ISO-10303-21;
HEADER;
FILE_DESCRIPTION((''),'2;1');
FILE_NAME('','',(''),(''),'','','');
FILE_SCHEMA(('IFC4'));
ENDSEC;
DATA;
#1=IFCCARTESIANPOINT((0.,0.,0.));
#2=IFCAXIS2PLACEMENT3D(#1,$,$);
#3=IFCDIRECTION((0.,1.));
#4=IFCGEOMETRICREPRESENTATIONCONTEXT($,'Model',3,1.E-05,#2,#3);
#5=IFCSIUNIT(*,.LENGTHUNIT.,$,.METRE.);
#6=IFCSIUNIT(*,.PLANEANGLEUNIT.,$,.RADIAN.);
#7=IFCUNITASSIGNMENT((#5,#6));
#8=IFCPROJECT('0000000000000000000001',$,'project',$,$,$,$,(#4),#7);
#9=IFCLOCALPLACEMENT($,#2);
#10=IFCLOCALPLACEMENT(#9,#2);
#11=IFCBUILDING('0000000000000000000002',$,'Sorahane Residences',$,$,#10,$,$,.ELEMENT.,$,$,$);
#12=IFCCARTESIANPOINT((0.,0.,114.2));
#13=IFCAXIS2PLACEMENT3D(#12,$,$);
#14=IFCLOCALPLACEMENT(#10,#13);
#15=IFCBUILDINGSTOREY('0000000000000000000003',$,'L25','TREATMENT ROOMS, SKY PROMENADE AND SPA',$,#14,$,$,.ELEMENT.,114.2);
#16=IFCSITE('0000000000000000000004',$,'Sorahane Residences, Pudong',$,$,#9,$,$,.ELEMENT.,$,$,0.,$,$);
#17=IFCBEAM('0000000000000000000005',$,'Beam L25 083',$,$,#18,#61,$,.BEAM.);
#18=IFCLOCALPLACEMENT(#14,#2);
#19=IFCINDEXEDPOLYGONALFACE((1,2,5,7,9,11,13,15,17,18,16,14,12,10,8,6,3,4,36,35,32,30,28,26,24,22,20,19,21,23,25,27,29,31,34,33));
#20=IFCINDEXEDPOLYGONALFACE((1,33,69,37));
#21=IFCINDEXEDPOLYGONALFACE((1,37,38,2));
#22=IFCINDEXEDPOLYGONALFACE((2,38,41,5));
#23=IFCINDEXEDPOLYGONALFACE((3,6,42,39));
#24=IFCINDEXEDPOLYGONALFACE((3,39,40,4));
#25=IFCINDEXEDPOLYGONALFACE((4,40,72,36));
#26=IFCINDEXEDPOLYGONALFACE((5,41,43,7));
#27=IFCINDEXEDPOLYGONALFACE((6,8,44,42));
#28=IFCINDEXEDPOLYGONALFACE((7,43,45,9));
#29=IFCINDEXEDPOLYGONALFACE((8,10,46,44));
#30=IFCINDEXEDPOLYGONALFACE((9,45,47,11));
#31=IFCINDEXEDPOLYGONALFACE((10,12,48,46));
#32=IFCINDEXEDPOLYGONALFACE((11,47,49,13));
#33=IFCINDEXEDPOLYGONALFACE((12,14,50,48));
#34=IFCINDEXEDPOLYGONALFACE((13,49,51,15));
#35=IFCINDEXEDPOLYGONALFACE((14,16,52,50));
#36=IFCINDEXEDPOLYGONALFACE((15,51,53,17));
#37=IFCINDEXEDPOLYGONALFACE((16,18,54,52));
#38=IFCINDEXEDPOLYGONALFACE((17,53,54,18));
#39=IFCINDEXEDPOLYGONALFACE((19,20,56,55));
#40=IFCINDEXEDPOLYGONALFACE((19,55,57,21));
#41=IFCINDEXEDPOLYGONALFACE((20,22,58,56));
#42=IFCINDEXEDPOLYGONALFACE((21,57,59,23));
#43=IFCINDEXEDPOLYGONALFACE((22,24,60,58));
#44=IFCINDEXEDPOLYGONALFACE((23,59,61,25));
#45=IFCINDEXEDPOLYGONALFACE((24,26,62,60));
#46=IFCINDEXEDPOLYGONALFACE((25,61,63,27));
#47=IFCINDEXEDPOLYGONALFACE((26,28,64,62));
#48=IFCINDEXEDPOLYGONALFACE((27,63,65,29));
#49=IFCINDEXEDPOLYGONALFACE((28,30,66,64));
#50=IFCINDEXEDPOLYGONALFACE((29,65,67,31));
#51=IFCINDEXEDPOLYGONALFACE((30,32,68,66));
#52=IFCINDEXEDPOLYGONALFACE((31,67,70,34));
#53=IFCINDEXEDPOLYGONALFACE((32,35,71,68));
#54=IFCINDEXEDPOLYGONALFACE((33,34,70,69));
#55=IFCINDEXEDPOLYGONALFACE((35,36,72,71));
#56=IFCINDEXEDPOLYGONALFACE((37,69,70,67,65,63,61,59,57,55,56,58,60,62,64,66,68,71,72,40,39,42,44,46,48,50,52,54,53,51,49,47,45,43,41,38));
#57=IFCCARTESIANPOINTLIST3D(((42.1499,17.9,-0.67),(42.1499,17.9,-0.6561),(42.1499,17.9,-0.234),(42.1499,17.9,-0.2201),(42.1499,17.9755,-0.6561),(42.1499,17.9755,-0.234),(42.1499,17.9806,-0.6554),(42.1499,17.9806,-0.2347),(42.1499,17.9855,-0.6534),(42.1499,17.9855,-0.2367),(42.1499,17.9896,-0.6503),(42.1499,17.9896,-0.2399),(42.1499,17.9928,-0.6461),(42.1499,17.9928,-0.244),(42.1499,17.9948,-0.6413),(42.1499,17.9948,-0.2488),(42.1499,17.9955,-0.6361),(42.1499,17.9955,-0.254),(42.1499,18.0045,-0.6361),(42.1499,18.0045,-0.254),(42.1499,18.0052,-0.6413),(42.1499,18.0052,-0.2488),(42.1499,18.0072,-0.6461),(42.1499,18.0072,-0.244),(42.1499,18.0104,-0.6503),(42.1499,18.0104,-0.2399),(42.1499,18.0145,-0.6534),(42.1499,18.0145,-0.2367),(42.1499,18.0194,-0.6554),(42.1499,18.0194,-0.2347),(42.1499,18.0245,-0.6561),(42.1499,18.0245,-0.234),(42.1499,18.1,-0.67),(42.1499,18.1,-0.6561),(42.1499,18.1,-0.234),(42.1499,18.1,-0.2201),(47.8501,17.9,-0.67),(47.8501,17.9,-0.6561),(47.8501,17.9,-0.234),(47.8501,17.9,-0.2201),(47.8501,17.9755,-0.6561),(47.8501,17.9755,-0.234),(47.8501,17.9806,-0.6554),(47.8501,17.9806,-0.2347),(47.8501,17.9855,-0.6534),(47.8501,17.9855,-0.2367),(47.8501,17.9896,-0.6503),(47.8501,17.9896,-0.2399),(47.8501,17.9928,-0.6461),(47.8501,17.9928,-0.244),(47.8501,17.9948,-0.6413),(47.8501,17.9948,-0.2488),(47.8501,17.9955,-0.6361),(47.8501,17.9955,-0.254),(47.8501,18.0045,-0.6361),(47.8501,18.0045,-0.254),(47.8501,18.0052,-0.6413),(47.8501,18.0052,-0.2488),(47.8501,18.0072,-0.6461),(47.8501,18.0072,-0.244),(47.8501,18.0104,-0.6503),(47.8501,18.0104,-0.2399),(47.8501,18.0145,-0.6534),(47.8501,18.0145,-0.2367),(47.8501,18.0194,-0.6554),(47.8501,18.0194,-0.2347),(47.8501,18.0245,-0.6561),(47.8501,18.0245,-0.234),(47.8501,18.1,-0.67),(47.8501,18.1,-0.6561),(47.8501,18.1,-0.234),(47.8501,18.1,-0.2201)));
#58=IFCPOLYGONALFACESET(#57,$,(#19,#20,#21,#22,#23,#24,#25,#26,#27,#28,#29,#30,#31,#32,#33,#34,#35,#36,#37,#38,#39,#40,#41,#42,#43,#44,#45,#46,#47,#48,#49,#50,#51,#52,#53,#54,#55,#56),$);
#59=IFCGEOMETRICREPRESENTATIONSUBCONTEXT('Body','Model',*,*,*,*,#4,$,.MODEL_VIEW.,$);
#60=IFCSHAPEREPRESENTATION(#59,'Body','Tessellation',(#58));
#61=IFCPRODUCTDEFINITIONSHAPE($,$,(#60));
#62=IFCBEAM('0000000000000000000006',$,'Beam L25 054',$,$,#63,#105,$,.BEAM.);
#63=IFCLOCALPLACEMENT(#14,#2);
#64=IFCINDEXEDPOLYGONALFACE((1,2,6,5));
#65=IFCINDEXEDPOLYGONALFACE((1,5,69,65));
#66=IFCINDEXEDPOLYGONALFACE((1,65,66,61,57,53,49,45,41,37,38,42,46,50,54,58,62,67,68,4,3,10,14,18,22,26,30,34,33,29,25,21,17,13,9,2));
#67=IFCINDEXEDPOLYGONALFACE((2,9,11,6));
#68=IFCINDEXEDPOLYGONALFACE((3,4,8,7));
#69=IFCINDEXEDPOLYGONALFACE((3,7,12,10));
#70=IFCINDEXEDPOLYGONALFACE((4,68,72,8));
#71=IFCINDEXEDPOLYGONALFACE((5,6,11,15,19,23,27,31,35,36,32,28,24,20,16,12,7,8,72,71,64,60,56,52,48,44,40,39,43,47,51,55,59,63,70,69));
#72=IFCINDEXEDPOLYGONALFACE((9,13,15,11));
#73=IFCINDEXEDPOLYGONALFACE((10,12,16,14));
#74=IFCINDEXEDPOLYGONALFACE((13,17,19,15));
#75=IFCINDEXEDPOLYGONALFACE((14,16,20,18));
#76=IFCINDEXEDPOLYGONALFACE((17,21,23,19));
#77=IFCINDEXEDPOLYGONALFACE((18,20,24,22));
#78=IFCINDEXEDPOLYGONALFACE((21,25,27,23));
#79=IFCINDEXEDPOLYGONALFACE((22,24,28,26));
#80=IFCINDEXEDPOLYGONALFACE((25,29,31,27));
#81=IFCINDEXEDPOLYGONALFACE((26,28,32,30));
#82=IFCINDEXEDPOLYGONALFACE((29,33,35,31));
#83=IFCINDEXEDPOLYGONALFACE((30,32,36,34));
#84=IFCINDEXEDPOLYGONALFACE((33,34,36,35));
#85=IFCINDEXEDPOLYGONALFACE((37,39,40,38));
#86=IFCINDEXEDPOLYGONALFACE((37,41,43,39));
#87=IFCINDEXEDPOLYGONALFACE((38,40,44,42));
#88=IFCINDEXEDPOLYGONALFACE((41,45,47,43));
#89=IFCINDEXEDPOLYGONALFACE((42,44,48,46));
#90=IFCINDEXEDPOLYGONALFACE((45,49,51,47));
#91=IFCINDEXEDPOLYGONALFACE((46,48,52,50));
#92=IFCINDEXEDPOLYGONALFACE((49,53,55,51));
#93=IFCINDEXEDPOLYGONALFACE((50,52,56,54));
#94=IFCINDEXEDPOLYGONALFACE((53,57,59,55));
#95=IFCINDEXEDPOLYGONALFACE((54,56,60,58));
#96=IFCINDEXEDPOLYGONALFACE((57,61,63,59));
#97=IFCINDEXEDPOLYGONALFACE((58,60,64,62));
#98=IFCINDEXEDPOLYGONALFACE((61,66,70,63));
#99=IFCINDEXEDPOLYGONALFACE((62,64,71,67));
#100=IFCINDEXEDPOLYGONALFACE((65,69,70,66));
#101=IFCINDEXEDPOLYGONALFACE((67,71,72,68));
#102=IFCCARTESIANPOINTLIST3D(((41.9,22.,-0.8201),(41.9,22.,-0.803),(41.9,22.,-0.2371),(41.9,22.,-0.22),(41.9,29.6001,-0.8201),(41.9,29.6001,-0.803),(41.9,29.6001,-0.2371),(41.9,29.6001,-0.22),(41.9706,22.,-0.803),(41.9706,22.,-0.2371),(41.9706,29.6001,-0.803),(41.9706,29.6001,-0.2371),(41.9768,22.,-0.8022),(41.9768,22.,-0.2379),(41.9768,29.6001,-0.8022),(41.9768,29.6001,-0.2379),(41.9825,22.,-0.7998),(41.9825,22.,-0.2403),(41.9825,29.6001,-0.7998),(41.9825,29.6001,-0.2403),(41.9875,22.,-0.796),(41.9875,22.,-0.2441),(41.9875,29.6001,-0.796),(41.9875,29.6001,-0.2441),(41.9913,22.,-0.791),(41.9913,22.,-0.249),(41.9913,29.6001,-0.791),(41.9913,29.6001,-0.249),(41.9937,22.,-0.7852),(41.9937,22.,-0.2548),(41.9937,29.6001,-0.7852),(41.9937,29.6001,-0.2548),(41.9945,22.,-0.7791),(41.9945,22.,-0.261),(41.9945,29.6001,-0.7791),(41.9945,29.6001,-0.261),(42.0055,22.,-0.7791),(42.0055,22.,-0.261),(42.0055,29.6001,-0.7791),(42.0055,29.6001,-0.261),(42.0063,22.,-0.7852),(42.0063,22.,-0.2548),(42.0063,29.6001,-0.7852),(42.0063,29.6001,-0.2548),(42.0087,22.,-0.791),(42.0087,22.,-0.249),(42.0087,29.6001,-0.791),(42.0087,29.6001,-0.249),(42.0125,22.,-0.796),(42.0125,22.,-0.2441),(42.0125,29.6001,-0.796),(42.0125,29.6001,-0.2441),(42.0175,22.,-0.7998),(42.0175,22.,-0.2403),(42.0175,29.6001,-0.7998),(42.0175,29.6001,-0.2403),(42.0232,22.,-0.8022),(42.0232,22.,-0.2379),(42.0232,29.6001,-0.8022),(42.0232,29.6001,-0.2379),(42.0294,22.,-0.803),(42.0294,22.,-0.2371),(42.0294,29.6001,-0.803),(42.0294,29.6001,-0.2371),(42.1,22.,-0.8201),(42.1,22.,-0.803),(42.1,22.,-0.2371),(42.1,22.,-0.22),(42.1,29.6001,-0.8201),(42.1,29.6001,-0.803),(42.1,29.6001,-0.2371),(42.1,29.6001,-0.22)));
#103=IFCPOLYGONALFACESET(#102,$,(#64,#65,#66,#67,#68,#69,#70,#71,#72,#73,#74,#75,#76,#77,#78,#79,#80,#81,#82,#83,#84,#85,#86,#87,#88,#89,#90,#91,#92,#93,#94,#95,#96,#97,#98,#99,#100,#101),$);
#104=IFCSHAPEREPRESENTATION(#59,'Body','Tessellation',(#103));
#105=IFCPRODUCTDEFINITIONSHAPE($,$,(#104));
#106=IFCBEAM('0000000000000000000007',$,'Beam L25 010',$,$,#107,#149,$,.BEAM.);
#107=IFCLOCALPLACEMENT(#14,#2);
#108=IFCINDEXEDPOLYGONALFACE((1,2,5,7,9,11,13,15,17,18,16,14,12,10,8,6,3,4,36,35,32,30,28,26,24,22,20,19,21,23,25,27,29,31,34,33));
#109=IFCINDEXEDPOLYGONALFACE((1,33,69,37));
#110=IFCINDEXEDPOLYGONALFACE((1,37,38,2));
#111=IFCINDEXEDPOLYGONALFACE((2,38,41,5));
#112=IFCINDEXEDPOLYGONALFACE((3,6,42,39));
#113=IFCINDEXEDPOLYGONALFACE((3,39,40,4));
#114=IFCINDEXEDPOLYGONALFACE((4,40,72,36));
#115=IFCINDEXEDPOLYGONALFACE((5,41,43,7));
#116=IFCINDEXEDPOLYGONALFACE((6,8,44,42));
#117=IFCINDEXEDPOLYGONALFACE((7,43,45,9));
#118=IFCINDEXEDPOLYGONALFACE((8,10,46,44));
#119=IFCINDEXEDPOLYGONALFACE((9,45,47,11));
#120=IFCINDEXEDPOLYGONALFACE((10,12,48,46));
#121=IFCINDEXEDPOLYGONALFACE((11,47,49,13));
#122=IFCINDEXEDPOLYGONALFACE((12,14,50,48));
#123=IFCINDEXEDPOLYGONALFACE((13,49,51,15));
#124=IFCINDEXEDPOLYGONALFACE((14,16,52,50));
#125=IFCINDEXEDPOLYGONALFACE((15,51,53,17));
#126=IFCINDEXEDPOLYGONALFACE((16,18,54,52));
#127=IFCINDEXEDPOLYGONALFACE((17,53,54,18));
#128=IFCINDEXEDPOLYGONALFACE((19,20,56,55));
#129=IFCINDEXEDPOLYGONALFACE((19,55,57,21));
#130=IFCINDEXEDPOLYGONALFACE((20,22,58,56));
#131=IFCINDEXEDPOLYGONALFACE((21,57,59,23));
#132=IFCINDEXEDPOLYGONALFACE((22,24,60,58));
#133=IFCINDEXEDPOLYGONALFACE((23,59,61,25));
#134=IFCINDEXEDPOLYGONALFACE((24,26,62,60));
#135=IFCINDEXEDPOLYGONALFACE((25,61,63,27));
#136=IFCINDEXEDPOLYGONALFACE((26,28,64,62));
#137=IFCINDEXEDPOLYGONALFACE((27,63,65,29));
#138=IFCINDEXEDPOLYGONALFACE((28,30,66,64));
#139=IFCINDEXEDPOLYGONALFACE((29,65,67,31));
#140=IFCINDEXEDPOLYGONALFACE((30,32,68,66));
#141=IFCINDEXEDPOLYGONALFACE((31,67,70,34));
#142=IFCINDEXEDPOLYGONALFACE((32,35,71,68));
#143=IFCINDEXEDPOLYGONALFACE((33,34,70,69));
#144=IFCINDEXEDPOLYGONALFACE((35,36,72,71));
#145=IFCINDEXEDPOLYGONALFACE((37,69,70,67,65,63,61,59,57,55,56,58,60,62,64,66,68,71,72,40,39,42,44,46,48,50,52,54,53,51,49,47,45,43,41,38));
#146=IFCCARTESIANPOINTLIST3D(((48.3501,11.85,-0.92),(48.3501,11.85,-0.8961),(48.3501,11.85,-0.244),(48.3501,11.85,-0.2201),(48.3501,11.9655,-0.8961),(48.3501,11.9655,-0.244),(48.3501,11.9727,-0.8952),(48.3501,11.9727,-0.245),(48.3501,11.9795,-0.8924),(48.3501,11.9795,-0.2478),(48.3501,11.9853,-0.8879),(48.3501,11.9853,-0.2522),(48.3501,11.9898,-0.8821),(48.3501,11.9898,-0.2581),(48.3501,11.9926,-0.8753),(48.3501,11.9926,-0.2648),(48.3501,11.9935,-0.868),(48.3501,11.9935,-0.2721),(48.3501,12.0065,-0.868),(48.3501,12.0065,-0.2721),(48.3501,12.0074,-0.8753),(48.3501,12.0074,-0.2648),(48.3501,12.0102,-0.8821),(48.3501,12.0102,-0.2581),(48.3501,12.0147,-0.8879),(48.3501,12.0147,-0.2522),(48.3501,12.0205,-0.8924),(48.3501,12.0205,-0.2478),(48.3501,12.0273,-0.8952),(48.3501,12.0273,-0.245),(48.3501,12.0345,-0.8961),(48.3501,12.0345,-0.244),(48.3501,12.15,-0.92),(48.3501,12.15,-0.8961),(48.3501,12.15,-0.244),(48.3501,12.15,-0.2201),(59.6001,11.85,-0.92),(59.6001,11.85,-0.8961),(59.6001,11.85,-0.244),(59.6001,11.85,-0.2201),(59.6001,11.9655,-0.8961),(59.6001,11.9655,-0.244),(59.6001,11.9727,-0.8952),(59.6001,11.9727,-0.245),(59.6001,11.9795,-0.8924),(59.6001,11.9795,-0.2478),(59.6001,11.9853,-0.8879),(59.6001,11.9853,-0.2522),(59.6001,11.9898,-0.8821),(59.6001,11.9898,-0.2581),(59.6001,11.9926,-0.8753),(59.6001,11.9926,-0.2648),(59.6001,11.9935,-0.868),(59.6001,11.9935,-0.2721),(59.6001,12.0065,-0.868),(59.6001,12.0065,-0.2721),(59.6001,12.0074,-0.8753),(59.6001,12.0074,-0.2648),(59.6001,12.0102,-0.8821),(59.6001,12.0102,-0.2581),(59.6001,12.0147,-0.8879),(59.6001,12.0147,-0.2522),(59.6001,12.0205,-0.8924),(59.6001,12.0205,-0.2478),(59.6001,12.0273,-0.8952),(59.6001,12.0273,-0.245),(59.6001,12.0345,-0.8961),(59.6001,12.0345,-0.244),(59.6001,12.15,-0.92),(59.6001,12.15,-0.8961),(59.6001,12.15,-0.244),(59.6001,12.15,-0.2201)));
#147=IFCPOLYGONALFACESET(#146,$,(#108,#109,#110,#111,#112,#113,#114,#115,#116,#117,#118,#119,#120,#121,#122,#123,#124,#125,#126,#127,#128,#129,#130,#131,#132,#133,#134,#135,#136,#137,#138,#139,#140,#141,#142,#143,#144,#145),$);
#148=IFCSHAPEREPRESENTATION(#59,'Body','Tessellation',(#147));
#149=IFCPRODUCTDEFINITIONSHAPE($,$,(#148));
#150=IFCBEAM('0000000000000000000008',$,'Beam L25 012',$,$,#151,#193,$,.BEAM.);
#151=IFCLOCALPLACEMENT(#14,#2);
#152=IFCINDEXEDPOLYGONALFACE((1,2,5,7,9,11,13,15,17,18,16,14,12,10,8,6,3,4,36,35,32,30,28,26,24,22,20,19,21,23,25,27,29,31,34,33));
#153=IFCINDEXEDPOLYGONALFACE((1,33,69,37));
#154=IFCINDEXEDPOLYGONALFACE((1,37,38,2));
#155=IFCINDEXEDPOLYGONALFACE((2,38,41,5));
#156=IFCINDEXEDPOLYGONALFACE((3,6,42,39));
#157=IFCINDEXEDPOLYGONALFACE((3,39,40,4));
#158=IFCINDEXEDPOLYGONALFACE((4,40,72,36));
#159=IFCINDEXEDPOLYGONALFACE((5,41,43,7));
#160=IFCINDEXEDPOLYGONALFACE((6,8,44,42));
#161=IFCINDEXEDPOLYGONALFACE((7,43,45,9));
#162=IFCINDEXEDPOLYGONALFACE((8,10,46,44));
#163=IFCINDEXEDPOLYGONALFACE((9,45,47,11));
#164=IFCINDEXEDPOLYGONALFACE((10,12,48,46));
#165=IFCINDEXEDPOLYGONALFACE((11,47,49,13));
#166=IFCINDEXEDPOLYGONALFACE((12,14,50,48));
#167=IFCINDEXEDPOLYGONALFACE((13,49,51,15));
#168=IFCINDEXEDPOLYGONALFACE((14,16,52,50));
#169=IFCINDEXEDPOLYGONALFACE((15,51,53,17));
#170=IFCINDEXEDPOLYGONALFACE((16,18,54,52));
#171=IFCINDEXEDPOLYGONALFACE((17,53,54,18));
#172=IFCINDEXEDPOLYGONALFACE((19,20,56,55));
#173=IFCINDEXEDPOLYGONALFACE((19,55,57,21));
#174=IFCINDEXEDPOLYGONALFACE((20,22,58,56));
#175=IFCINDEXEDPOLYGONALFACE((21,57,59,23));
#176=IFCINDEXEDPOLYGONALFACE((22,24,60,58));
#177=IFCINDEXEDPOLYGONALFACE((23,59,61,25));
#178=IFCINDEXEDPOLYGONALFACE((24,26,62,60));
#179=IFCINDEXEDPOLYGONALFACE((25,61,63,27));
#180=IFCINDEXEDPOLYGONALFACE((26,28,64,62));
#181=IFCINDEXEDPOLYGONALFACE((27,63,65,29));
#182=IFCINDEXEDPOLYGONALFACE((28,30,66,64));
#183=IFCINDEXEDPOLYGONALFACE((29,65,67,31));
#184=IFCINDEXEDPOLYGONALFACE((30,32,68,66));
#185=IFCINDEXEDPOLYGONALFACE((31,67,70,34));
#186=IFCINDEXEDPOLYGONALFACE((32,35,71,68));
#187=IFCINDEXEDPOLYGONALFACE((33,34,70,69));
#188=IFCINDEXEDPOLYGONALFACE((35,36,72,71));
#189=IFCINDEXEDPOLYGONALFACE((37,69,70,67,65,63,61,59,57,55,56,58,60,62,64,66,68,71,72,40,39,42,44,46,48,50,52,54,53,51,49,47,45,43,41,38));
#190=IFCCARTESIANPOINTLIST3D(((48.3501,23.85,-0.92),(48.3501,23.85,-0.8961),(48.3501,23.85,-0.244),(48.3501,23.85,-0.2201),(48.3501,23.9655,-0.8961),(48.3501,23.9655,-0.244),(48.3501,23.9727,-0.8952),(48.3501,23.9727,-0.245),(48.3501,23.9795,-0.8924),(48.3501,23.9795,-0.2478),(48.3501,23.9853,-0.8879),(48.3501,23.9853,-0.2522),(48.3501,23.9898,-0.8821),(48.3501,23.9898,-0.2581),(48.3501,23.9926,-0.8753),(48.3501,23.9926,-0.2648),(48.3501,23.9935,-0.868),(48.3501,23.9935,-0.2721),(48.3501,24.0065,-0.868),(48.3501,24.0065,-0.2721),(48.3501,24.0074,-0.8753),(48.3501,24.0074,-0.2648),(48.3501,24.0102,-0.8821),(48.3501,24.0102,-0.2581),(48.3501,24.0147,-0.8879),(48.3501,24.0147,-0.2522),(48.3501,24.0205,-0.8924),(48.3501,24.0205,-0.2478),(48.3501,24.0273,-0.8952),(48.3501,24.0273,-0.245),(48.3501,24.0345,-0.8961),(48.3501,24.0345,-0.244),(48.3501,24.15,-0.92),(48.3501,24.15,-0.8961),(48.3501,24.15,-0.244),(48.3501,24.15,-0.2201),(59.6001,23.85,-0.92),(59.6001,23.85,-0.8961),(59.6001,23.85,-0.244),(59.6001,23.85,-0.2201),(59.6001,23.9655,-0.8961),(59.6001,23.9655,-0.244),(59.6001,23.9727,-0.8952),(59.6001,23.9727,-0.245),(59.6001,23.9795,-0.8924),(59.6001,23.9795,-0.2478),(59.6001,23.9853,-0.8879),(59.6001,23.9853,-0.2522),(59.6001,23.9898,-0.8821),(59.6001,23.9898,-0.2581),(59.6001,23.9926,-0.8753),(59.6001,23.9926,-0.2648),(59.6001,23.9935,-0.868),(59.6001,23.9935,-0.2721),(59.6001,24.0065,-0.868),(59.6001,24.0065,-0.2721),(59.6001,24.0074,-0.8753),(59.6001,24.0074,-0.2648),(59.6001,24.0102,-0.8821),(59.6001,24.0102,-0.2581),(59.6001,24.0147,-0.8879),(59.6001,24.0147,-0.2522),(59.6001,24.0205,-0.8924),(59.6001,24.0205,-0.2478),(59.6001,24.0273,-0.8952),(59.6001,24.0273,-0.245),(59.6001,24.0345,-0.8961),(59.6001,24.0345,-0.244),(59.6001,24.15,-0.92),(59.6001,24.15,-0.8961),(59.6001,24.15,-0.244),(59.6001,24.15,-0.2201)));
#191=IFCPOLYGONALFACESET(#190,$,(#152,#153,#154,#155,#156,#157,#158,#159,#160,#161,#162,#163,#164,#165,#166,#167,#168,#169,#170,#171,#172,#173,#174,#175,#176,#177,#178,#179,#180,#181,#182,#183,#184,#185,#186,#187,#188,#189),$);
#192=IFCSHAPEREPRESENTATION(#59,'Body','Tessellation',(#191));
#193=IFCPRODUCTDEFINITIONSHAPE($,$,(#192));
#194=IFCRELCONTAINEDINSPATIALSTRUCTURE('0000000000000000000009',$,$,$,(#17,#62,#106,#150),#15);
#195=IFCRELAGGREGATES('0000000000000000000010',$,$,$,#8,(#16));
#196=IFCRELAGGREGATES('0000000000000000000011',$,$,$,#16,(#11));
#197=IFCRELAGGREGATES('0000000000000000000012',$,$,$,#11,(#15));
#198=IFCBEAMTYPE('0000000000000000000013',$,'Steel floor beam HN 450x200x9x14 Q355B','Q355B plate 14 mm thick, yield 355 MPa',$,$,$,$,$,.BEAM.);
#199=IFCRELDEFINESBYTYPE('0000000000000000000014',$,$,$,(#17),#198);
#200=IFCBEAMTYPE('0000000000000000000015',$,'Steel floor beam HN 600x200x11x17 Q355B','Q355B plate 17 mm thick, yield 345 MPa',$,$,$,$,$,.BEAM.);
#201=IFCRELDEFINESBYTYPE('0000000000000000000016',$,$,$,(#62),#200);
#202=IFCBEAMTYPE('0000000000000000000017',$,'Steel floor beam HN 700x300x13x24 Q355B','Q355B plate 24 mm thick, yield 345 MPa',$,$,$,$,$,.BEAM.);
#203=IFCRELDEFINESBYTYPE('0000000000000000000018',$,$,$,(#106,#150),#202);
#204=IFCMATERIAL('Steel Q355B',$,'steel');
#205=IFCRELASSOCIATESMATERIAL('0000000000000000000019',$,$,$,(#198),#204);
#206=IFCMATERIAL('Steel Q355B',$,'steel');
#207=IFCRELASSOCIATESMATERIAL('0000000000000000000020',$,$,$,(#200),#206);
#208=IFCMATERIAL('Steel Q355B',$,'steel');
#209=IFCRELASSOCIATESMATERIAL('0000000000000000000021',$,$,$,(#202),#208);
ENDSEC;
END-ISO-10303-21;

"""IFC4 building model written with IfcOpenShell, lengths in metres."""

from ifc_helpers import new_model, si_unit, direction, frame, origin, origin_2d, place, context, subcontext, project, spatial, i_section, extrude, material, material_profile, profile_set, type_object, element, save


model = new_model("IFC4")

# Units and contexts
model_context = context("Model", 3, precision=1e-05, world=origin(), true_north=direction((0.0, 1.0)))
body_context = subcontext(model_context, "Body", "Model", "MODEL_VIEW")
ifc_project = project(units=[si_unit("LENGTHUNIT", "METRE"), si_unit("PLANEANGLEUNIT", "RADIAN")], contexts=[model_context])

# Site, building, storey
site_placement = place(None, origin())
site = spatial("IfcSite", under=ifc_project, at=site_placement, Name="Sorahane Residences, Pudong", CompositionType="ELEMENT", RefElevation=0.0)
building_placement = place(site_placement, origin())
building = spatial("IfcBuilding", under=site, at=building_placement, Name="Sorahane Residences", CompositionType="ELEMENT")
storey_placement = place(building_placement, frame((0.0, 0.0, 114.2)))
storey = spatial("IfcBuildingStorey", under=building, at=storey_placement, Name="L25", Description="TREATMENT ROOMS, SKY PROMENADE AND SPA", CompositionType="ELEMENT", Elevation=114.2)

# Beams
ifc_material_1 = material(Name="Steel Q355B", Category="steel")
ifc_material_profile_1 = material_profile(ifc_material_1, i_section(OverallWidth=0.2, OverallDepth=0.45, WebThickness=0.009, FlangeThickness=0.0139, FilletRadius=0.02, at=origin_2d()), Name="HN 450x200x9x14")
ifc_profile_set_1 = profile_set([ifc_material_profile_1], Name="Steel Q355B")
beam_type_1 = type_object("IfcBeamType", Name="Steel floor beam HN 450x200x9x14 Q355B", Description="Q355B plate 14 mm thick, yield 355 MPa", PredefinedType="BEAM", material=ifc_profile_set_1)
beam_1_placement = place(storey_placement, frame((42.1499, 18.0, -0.4451), z_axis=(1.0, 0.0, 0.0), x_axis=(0.0, 1.0, 0.0)))
element("IfcBeam", 1, at=beam_1_placement, inside=storey, type_object=beam_type_1, Name="Beam L25 083", PredefinedType="BEAM", context=body_context, shape_type="SweptSolid", body=[
    extrude(i_section(OverallWidth=0.2, OverallDepth=0.45, WebThickness=0.009, FlangeThickness=0.0139, FilletRadius=0.02, at=origin_2d()), origin(), (0.0, 0.0, 1.0), 5.7002),
])
ifc_material_2 = material(Name="Steel Q355B", Category="steel")
ifc_material_profile_2 = material_profile(ifc_material_2, i_section(OverallWidth=0.2, OverallDepth=0.6001, WebThickness=0.011, FlangeThickness=0.0171, FilletRadius=0.0239, at=origin_2d()), Name="HN 600x200x11x17")
ifc_profile_set_2 = profile_set([ifc_material_profile_2], Name="Steel Q355B")
beam_type_2 = type_object("IfcBeamType", Name="Steel floor beam HN 600x200x11x17 Q355B", Description="Q355B plate 17 mm thick, yield 345 MPa", PredefinedType="BEAM", material=ifc_profile_set_2)
beam_2_placement = place(storey_placement, frame((42.0, 22.0, -0.52), z_axis=(0.0, 1.0, 0.0), x_axis=(-1.0, 0.0, 0.0)))
element("IfcBeam", 2, at=beam_2_placement, inside=storey, type_object=beam_type_2, Name="Beam L25 054", PredefinedType="BEAM", context=body_context, shape_type="SweptSolid", body=[
    extrude(i_section(OverallWidth=0.2, OverallDepth=0.6001, WebThickness=0.011, FlangeThickness=0.0171, FilletRadius=0.0239, at=origin_2d()), origin(), (0.0, 0.0, 1.0), 7.6001),
])
ifc_material_3 = material(Name="Steel Q355B", Category="steel")
ifc_material_profile_3 = material_profile(ifc_material_3, i_section(OverallWidth=0.3, OverallDepth=0.7, WebThickness=0.0129, FlangeThickness=0.0239, FilletRadius=0.0281, at=origin_2d()), Name="HN 700x300x13x24")
ifc_profile_set_3 = profile_set([ifc_material_profile_3], Name="Steel Q355B")
beam_type_3 = type_object("IfcBeamType", Name="Steel floor beam HN 700x300x13x24 Q355B", Description="Q355B plate 24 mm thick, yield 345 MPa", PredefinedType="BEAM", material=ifc_profile_set_3)
for number, where, z_axis, x_axis, name in (
    (3, (48.3501, 12.0, -0.5701), (1.0, 0.0, 0.0), (0.0, 1.0, 0.0), "Beam L25 010"),
    (4, (48.3501, 24.0, -0.5701), (1.0, 0.0, 0.0), (0.0, 1.0, 0.0), "Beam L25 012"),
):
    element("IfcBeam", number, at=place(storey_placement, frame(where, z_axis=z_axis, x_axis=x_axis)), inside=storey, type_object=beam_type_3, Name=name, PredefinedType="BEAM", context=body_context, shape_type="SweptSolid", body=[
        extrude(i_section(OverallWidth=0.3, OverallDepth=0.7, WebThickness=0.0129, FlangeThickness=0.0239, FilletRadius=0.0281, at=origin_2d()), origin(), (0.0, 0.0, 1.0), 11.25),
    ])

save(model, "model.ifc")
